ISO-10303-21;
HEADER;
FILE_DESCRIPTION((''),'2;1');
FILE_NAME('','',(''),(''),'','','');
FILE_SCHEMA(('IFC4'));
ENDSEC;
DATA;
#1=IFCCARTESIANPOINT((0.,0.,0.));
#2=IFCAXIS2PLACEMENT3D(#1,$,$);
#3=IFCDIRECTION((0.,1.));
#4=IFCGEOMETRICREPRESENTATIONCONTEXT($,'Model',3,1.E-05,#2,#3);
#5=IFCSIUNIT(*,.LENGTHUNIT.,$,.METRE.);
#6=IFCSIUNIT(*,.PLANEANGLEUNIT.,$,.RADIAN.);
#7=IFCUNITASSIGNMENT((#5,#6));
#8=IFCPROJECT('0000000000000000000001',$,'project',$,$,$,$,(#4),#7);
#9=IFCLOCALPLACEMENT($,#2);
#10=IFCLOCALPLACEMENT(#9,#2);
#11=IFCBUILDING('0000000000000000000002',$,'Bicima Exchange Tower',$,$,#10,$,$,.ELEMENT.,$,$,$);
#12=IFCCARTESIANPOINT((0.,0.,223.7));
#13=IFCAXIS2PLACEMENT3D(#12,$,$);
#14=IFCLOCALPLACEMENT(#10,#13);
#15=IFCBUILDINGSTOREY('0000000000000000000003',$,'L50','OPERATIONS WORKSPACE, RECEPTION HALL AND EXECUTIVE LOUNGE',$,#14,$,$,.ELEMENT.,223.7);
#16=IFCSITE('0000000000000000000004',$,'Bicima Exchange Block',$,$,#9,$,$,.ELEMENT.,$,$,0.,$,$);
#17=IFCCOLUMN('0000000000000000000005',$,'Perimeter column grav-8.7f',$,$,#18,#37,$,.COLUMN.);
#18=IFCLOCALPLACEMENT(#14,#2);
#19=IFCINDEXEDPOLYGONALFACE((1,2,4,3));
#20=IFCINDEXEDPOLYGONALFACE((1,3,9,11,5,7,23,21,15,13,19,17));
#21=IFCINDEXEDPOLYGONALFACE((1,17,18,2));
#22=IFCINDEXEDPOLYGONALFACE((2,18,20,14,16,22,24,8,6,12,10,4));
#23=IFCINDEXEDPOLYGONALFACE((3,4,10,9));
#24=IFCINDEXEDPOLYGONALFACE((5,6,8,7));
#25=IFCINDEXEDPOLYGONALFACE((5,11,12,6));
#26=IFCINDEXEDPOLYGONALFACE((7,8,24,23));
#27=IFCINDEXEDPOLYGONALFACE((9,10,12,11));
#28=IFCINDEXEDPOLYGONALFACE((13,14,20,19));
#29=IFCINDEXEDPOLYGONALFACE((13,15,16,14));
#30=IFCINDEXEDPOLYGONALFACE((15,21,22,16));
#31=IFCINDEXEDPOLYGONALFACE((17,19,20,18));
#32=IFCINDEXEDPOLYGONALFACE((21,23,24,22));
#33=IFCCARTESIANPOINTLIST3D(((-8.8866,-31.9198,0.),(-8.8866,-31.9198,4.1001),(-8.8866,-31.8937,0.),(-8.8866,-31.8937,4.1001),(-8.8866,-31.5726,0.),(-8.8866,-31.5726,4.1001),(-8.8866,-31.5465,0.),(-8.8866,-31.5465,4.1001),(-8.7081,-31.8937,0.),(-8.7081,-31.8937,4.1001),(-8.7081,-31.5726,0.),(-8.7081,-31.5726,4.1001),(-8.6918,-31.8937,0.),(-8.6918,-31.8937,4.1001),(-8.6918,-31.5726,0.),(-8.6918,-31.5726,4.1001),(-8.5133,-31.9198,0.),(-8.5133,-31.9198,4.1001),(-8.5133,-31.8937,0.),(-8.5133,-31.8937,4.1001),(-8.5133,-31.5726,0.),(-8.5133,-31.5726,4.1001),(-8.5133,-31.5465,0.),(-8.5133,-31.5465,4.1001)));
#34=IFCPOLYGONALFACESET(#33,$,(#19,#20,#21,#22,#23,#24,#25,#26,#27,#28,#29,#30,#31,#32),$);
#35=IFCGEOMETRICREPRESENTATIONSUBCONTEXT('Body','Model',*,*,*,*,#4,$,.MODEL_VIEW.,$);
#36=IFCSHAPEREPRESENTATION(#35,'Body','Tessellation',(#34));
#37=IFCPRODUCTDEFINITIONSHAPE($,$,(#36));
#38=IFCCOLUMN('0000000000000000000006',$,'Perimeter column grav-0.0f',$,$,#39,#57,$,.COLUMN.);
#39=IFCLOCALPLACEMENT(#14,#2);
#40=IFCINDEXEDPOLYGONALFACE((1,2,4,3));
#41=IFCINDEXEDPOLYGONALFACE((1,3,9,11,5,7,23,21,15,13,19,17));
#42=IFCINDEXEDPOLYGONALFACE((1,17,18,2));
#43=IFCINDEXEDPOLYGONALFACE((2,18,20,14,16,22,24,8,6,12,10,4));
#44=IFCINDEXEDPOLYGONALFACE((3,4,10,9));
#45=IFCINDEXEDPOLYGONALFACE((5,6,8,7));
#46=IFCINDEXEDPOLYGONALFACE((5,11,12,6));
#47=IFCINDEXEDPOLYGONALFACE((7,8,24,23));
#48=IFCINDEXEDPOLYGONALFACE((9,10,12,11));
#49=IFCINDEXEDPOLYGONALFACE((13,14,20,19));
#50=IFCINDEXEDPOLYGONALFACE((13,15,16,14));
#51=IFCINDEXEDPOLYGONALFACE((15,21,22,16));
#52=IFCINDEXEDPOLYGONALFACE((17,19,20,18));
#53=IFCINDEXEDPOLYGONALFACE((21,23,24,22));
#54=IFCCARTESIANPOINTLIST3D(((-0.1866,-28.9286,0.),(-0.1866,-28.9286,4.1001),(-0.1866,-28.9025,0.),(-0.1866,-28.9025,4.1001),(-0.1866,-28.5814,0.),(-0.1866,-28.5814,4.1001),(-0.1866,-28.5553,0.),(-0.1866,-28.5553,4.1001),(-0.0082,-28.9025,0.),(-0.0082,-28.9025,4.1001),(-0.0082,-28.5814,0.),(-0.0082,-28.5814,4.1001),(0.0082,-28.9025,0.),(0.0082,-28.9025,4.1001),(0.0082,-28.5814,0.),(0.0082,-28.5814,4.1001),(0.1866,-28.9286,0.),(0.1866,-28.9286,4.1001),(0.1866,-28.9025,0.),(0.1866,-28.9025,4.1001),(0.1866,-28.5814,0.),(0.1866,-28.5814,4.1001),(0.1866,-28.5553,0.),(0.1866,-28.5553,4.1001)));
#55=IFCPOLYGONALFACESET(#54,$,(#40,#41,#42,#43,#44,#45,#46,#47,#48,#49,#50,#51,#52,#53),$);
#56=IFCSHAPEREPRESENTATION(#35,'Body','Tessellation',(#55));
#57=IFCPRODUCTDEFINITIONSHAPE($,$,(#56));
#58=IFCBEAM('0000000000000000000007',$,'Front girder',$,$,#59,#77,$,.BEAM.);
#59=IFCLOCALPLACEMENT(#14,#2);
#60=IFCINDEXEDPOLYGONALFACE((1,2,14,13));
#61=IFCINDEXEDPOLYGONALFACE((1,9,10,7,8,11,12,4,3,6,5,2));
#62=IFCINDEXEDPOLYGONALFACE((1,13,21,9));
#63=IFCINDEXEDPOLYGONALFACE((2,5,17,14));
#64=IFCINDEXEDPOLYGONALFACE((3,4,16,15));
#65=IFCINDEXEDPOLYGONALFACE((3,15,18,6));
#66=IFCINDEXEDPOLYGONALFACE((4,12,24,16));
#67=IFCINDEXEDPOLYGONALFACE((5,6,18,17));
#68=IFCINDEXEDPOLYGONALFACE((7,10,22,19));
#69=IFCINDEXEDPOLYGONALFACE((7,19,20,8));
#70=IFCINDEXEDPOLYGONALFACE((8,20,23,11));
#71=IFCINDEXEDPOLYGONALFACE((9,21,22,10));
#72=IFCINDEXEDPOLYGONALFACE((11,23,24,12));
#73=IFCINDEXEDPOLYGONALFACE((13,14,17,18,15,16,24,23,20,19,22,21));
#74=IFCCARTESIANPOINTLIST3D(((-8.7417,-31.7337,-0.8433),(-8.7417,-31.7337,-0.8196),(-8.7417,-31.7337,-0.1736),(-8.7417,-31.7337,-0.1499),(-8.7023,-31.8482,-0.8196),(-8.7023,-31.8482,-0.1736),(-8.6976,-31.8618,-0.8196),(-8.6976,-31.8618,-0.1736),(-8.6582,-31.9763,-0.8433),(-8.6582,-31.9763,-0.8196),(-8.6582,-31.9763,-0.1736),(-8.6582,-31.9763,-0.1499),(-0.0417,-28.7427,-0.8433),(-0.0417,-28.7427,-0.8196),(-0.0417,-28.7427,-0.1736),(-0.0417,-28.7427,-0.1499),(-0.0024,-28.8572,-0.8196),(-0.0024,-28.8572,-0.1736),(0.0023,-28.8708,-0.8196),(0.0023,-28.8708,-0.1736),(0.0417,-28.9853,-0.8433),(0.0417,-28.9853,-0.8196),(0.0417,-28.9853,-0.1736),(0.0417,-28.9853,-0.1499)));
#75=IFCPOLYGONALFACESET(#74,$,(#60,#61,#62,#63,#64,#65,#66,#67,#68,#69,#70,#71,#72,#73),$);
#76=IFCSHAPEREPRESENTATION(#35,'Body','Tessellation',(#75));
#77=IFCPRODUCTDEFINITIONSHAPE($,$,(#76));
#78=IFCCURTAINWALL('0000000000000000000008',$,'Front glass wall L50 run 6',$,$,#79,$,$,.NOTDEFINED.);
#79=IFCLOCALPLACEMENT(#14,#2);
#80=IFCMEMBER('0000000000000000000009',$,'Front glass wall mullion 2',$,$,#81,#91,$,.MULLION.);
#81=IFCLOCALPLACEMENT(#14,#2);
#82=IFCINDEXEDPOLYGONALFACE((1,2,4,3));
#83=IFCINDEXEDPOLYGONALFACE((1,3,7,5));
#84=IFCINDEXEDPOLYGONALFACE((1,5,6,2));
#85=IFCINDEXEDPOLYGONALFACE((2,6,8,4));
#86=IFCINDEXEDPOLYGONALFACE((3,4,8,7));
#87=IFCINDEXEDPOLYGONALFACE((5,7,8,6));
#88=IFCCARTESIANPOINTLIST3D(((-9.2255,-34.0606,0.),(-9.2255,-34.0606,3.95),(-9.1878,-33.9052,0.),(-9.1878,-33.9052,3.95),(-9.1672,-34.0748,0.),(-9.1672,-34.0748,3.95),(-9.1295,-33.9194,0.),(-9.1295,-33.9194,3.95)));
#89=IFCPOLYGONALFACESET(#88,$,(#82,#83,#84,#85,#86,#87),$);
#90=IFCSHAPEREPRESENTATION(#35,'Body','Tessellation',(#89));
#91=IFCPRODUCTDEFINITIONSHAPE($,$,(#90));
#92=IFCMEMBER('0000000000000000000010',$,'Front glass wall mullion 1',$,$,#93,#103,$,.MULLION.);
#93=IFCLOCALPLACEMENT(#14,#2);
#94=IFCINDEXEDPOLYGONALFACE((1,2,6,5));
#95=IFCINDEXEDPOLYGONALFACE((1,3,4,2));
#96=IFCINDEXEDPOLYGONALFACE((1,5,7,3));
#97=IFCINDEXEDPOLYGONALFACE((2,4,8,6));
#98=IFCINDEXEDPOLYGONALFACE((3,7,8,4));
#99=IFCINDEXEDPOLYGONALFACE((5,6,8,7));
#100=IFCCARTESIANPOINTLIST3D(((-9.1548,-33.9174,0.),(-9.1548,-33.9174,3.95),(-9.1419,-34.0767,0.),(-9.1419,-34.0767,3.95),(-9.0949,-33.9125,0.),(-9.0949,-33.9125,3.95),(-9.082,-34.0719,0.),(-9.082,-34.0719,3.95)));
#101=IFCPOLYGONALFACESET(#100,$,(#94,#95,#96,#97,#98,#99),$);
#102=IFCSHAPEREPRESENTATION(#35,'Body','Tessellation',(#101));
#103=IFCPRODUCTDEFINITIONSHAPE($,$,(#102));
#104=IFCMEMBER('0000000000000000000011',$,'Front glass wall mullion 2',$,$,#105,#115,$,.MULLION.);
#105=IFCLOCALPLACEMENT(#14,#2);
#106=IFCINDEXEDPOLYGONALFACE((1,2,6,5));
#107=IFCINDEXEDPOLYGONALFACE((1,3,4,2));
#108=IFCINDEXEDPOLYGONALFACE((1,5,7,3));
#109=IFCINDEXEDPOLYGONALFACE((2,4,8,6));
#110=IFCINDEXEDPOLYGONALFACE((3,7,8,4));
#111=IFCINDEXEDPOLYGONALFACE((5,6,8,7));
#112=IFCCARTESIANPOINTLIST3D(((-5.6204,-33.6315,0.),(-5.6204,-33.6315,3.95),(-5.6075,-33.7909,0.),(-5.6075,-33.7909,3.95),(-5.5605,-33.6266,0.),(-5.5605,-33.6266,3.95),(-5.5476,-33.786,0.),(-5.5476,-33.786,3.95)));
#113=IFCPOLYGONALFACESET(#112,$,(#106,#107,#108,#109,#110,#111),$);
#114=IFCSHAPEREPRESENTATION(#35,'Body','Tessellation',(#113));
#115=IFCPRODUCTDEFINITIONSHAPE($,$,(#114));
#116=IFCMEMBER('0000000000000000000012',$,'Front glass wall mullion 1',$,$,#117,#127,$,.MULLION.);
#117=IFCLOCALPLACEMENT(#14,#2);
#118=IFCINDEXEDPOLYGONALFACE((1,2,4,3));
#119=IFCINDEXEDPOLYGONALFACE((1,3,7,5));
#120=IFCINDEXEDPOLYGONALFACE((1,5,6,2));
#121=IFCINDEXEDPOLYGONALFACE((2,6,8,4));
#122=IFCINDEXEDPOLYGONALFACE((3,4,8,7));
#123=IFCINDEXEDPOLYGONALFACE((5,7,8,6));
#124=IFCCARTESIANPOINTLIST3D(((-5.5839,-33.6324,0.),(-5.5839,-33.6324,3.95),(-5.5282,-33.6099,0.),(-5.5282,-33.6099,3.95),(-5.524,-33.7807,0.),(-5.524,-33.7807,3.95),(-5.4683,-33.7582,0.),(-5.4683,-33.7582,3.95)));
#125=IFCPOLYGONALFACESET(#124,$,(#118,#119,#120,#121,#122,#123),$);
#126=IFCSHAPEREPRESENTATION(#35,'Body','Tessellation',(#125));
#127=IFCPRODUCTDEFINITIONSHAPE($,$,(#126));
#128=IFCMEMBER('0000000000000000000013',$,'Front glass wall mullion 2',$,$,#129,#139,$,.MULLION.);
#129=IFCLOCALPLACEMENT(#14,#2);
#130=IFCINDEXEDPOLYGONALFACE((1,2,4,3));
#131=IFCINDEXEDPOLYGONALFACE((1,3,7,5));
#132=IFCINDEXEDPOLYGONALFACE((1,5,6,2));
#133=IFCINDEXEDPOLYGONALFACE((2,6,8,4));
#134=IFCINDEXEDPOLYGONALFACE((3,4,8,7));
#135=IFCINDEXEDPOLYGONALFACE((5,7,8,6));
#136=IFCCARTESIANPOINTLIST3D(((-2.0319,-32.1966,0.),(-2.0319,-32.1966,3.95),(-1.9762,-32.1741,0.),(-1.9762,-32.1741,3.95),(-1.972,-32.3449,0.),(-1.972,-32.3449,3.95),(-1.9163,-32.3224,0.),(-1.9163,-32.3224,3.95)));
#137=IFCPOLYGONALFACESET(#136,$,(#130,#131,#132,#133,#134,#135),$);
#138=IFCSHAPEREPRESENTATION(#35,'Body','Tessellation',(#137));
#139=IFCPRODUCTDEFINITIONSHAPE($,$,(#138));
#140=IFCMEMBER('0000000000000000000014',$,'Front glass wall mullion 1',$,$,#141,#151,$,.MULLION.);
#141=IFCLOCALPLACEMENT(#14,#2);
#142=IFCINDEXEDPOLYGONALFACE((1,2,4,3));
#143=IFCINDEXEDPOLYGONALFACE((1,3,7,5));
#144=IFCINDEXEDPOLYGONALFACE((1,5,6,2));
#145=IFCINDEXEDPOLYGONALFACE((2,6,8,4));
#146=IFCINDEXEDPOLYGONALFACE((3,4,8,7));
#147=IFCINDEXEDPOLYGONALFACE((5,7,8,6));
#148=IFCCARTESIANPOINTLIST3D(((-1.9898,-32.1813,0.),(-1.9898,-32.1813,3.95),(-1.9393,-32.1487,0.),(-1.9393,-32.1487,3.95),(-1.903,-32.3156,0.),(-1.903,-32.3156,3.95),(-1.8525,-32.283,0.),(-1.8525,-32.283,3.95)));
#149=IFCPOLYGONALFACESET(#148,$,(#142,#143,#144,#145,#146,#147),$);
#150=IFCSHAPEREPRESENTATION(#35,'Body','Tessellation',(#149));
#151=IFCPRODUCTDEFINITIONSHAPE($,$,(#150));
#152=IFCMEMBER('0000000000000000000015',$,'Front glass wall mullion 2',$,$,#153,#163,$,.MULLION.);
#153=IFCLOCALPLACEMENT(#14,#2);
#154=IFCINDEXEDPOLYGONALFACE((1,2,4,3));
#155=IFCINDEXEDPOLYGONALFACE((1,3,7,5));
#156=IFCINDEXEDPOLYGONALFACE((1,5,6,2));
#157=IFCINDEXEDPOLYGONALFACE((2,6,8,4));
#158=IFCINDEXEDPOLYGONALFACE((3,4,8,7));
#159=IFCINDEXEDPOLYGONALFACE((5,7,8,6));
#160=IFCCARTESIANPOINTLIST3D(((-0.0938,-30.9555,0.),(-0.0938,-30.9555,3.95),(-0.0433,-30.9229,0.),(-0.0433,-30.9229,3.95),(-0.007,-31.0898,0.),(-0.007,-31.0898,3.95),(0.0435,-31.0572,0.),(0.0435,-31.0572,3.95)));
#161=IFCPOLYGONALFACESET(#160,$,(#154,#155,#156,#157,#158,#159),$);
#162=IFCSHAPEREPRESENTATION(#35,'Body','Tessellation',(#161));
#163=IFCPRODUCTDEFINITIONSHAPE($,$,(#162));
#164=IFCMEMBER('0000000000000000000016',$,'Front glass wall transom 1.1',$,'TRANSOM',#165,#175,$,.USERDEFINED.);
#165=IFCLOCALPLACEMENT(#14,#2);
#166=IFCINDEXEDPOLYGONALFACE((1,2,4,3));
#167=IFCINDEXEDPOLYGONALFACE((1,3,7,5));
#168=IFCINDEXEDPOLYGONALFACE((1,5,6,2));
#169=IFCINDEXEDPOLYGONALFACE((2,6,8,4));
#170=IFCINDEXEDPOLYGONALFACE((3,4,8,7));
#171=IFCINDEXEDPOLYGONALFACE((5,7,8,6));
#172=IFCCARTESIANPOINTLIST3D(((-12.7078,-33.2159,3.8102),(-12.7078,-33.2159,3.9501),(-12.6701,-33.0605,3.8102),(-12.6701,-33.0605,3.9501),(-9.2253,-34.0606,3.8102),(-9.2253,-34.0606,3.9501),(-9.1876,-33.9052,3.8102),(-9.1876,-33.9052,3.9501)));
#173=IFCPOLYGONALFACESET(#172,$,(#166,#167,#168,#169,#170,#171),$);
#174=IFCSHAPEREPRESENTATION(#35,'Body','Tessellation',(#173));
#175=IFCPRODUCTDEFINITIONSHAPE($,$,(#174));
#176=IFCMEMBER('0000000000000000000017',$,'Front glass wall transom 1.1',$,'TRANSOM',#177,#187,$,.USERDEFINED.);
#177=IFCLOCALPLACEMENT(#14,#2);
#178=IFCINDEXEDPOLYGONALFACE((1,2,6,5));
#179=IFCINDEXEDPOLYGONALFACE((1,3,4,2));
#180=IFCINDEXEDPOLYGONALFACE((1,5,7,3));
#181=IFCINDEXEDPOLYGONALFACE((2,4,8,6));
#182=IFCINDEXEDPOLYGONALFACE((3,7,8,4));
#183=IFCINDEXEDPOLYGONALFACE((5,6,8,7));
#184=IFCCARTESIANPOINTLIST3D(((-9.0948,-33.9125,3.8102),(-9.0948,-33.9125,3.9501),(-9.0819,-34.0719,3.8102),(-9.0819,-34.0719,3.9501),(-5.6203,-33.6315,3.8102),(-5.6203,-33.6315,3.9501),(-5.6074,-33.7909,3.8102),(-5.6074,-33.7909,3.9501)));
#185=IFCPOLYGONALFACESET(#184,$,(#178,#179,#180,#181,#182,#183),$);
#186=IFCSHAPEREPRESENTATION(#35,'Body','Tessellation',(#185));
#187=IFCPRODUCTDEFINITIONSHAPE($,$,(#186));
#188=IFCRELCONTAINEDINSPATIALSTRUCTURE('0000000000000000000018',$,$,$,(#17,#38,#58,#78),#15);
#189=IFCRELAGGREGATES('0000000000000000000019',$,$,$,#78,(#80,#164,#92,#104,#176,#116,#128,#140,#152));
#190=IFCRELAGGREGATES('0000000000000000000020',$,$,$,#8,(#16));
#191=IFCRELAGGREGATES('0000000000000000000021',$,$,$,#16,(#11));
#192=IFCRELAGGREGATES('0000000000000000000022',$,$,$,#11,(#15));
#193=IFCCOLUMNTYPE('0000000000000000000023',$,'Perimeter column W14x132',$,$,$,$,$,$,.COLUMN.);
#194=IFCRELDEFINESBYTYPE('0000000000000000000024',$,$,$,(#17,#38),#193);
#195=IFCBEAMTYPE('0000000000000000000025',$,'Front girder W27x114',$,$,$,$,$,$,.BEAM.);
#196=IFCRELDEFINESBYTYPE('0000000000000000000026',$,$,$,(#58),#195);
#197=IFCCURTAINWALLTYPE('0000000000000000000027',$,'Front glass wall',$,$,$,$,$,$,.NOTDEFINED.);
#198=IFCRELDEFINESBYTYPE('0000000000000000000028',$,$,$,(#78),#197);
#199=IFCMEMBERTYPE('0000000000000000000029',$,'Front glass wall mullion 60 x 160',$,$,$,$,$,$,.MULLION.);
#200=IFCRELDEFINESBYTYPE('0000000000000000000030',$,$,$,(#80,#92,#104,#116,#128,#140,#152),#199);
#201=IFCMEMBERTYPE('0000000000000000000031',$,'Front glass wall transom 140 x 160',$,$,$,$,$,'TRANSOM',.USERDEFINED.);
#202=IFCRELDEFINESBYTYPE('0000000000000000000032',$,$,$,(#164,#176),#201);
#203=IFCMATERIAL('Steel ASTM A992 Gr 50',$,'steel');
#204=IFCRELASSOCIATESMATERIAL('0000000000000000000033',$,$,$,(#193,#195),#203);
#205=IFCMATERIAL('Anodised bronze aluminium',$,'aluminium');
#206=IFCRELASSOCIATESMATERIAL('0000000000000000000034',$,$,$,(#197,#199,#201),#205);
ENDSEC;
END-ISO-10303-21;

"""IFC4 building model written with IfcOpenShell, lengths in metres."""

from ifc_helpers import new_model, si_unit, direction, frame, origin, origin_2d, place, context, subcontext, project, spatial, rectangle, i_section, extrude, material, material_profile, profile_set, type_object, element, aggregate, save


model = new_model("IFC4")

# Units and contexts
model_context = context("Model", 3, precision=1e-05, world=origin(), true_north=direction((0.0, 1.0)))
body_context = subcontext(model_context, "Body", "Model", "MODEL_VIEW")
ifc_project = project(units=[si_unit("LENGTHUNIT", "METRE"), si_unit("PLANEANGLEUNIT", "RADIAN")], contexts=[model_context])

# Site, building, storey
site_placement = place(None, origin())
site = spatial("IfcSite", under=ifc_project, at=site_placement, Name="Bicima Exchange Block", CompositionType="ELEMENT", RefElevation=0.0)
building_placement = place(site_placement, origin())
building = spatial("IfcBuilding", under=site, at=building_placement, Name="Bicima Exchange Tower", CompositionType="ELEMENT")
storey_placement = place(building_placement, frame((0.0, 0.0, 223.7)))
storey = spatial("IfcBuildingStorey", under=building, at=storey_placement, Name="L50", Description="OPERATIONS WORKSPACE, RECEPTION HALL AND EXECUTIVE LOUNGE", CompositionType="ELEMENT", Elevation=223.7)

# Columns
ifc_material_1 = material(Name="Steel ASTM A992 Gr 50", Category="steel")
ifc_material_profile_1 = material_profile(ifc_material_1, i_section(OverallWidth=0.3733, OverallDepth=0.3733, WebThickness=0.0164, FlangeThickness=0.0261, at=origin_2d()))
ifc_profile_set_1 = profile_set([ifc_material_profile_1], Name="Steel ASTM A992 Gr 50")
column_type = type_object("IfcColumnType", Name="Perimeter column W14x132", PredefinedType="COLUMN", material=ifc_profile_set_1)
for number, where, z_axis, x_axis, name in (
    (1, (-8.7, -31.7332, 0.0), (0.0, 0.0, 1.0), (1.0, 0.0, 0.0), "Perimeter column grav-8.7f"),
    (2, (0.0, -28.7419, 0.0), (0.0, 0.0, 1.0), (1.0, 0.0, 0.0), "Perimeter column grav-0.0f"),
):
    element("IfcColumn", number, at=place(storey_placement, frame(where, z_axis=z_axis, x_axis=x_axis)), inside=storey, type_object=column_type, Name=name, PredefinedType="COLUMN", context=body_context, shape_type="SweptSolid", body=[
        extrude(i_section(OverallWidth=0.3733, OverallDepth=0.3733, WebThickness=0.0164, FlangeThickness=0.0261, at=origin_2d()), origin(), (0.0, 0.0, 1.0), 4.1001),
    ])

# Beam
ifc_material_profile_2 = material_profile(ifc_material_1, i_section(OverallWidth=0.2566, OverallDepth=0.6934, WebThickness=0.0144, FlangeThickness=0.0237, at=origin_2d()))
ifc_profile_set_2 = profile_set([ifc_material_profile_2], Name="Steel ASTM A992 Gr 50")
beam_type = type_object("IfcBeamType", Name="Front girder W27x114", PredefinedType="BEAM", material=ifc_profile_set_2)
beam_placement = place(storey_placement, frame((-8.7, -31.855, -0.4966), z_axis=(0.945675, 0.325115, 0.0), x_axis=(-0.325115, 0.945675, 0.0)))
element("IfcBeam", 3, at=beam_placement, inside=storey, type_object=beam_type, Name="Front girder", PredefinedType="BEAM", context=body_context, shape_type="SweptSolid", body=[
    extrude(i_section(OverallWidth=0.2566, OverallDepth=0.6934, WebThickness=0.0144, FlangeThickness=0.0237, at=origin_2d()), origin(), (0.0, 0.0, 1.0), 9.1997),
])

# Curtain wall, members
ifc_material_2 = material(Name="Anodised bronze aluminium", Category="aluminium")
curtain_wall_type = type_object("IfcCurtainWallType", Name="Front glass wall", PredefinedType="NOTDEFINED", material=ifc_material_2)
curtain_wall_placement = place(storey_placement, origin())
curtain_wall = element("IfcCurtainWall", 4, at=curtain_wall_placement, inside=storey, type_object=curtain_wall_type, Name="Front glass wall L50 run 6", PredefinedType="NOTDEFINED")
ifc_material_profile_3 = material_profile(ifc_material_2, rectangle(XDim=0.1599, YDim=0.0601, at=origin_2d()))
ifc_profile_set_3 = profile_set([ifc_material_profile_3], Name="Anodised bronze aluminium")
member_type_1 = type_object("IfcMemberType", Name="Front glass wall mullion 60 x 160", PredefinedType="MULLION", material=ifc_profile_set_3)
member_1_placement = place(storey_placement, frame((-9.1775, -33.99, 0.0), z_axis=(0.0, 0.0, 1.0), x_axis=(0.235682, 0.97183, 0.0)))
member_1 = element("IfcMember", 5, at=member_1_placement, type_object=member_type_1, Name="Front glass wall mullion 2", PredefinedType="MULLION", context=body_context, shape_type="SweptSolid", body=[
    extrude(rectangle(XDim=0.1599, YDim=0.0601, at=origin_2d()), origin(), (0.0, 0.0, 1.0), 3.95),
])
member_2_placement = place(storey_placement, frame((-9.1184, -33.9946, 0.0), z_axis=(0.0, 0.0, 1.0), x_axis=(-0.080589, 0.996747, 0.0)))
member_2 = element("IfcMember", 6, at=member_2_placement, type_object=member_type_1, Name="Front glass wall mullion 1", PredefinedType="MULLION", context=body_context, shape_type="SweptSolid", body=[
    extrude(rectangle(XDim=0.1599, YDim=0.0601, at=origin_2d()), origin(), (0.0, 0.0, 1.0), 3.95),
])
member_3_placement = place(storey_placement, frame((-5.584, -33.7087, 0.0), z_axis=(0.0, 0.0, 1.0), x_axis=(-0.080589, 0.996747, 0.0)))
member_3 = element("IfcMember", 7, at=member_3_placement, type_object=member_type_1, Name="Front glass wall mullion 2", PredefinedType="MULLION", context=body_context, shape_type="SweptSolid", body=[
    extrude(rectangle(XDim=0.1599, YDim=0.0601, at=origin_2d()), origin(), (0.0, 0.0, 1.0), 3.95),
])
member_4_placement = place(storey_placement, frame((-5.5261, -33.6953, 0.0), z_axis=(0.0, 0.0, 1.0), x_axis=(-0.374705, 0.927144, 0.0)))
member_4 = element("IfcMember", 8, at=member_4_placement, type_object=member_type_1, Name="Front glass wall mullion 1", PredefinedType="MULLION", context=body_context, shape_type="SweptSolid", body=[
    extrude(rectangle(XDim=0.1599, YDim=0.0601, at=origin_2d()), origin(), (0.0, 0.0, 1.0), 3.95),
])
member_5_placement = place(storey_placement, frame((-1.9741, -32.2595, 0.0), z_axis=(0.0, 0.0, 1.0), x_axis=(-0.374705, 0.927144, 0.0)))
member_5 = element("IfcMember", 9, at=member_5_placement, type_object=member_type_1, Name="Front glass wall mullion 2", PredefinedType="MULLION", context=body_context, shape_type="SweptSolid", body=[
    extrude(rectangle(XDim=0.1599, YDim=0.0601, at=origin_2d()), origin(), (0.0, 0.0, 1.0), 3.95),
])
member_6_placement = place(storey_placement, frame((-1.9211, -32.2322, 0.0), z_axis=(0.0, 0.0, 1.0), x_axis=(-0.542897, 0.839799, 0.0)))
member_6 = element("IfcMember", 10, at=member_6_placement, type_object=member_type_1, Name="Front glass wall mullion 1", PredefinedType="MULLION", context=body_context, shape_type="SweptSolid", body=[
    extrude(rectangle(XDim=0.1599, YDim=0.0601, at=origin_2d()), origin(), (0.0, 0.0, 1.0), 3.95),
])
member_7_placement = place(storey_placement, frame((-0.0251, -31.0063, 0.0), z_axis=(0.0, 0.0, 1.0), x_axis=(-0.542897, 0.839799, 0.0)))
member_7 = element("IfcMember", 11, at=member_7_placement, type_object=member_type_1, Name="Front glass wall mullion 2", PredefinedType="MULLION", context=body_context, shape_type="SweptSolid", body=[
    extrude(rectangle(XDim=0.1599, YDim=0.0601, at=origin_2d()), origin(), (0.0, 0.0, 1.0), 3.95),
])
ifc_material_profile_4 = material_profile(ifc_material_2, rectangle(XDim=0.1599, YDim=0.1399, at=origin_2d()))
ifc_profile_set_4 = profile_set([ifc_material_profile_4], Name="Anodised bronze aluminium")
member_type_2 = type_object("IfcMemberType", Name="Front glass wall transom 140 x 160", ElementType="TRANSOM", PredefinedType="USERDEFINED", material=ifc_profile_set_4)
member_8_placement = place(storey_placement, frame((-12.689, -33.1382, 3.8801), z_axis=(0.971818, -0.235733, 0.0), x_axis=(0.235733, 0.971818, 0.0)))
member_8 = element("IfcMember", 12, at=member_8_placement, type_object=member_type_2, Name="Front glass wall transom 1.1", ObjectType="TRANSOM", PredefinedType="USERDEFINED", context=body_context, shape_type="SweptSolid", body=[
    extrude(rectangle(XDim=0.1599, YDim=0.1399, at=origin_2d()), origin(), (0.0, 0.0, 1.0), 3.5835),
])
member_9_placement = place(storey_placement, frame((-9.0884, -33.9922, 3.8801), z_axis=(0.996746, 0.080611, 0.0), x_axis=(-0.080611, 0.996746, 0.0)))
member_9 = element("IfcMember", 13, at=member_9_placement, type_object=member_type_2, Name="Front glass wall transom 1.1", ObjectType="TRANSOM", PredefinedType="USERDEFINED", context=body_context, shape_type="SweptSolid", body=[
    extrude(rectangle(XDim=0.1599, YDim=0.1399, at=origin_2d()), origin(), (0.0, 0.0, 1.0), 3.4858),
])
aggregate(curtain_wall, [member_1, member_8, member_2, member_3, member_9, member_4, member_5, member_6, member_7])

save(model, "model.ifc")
